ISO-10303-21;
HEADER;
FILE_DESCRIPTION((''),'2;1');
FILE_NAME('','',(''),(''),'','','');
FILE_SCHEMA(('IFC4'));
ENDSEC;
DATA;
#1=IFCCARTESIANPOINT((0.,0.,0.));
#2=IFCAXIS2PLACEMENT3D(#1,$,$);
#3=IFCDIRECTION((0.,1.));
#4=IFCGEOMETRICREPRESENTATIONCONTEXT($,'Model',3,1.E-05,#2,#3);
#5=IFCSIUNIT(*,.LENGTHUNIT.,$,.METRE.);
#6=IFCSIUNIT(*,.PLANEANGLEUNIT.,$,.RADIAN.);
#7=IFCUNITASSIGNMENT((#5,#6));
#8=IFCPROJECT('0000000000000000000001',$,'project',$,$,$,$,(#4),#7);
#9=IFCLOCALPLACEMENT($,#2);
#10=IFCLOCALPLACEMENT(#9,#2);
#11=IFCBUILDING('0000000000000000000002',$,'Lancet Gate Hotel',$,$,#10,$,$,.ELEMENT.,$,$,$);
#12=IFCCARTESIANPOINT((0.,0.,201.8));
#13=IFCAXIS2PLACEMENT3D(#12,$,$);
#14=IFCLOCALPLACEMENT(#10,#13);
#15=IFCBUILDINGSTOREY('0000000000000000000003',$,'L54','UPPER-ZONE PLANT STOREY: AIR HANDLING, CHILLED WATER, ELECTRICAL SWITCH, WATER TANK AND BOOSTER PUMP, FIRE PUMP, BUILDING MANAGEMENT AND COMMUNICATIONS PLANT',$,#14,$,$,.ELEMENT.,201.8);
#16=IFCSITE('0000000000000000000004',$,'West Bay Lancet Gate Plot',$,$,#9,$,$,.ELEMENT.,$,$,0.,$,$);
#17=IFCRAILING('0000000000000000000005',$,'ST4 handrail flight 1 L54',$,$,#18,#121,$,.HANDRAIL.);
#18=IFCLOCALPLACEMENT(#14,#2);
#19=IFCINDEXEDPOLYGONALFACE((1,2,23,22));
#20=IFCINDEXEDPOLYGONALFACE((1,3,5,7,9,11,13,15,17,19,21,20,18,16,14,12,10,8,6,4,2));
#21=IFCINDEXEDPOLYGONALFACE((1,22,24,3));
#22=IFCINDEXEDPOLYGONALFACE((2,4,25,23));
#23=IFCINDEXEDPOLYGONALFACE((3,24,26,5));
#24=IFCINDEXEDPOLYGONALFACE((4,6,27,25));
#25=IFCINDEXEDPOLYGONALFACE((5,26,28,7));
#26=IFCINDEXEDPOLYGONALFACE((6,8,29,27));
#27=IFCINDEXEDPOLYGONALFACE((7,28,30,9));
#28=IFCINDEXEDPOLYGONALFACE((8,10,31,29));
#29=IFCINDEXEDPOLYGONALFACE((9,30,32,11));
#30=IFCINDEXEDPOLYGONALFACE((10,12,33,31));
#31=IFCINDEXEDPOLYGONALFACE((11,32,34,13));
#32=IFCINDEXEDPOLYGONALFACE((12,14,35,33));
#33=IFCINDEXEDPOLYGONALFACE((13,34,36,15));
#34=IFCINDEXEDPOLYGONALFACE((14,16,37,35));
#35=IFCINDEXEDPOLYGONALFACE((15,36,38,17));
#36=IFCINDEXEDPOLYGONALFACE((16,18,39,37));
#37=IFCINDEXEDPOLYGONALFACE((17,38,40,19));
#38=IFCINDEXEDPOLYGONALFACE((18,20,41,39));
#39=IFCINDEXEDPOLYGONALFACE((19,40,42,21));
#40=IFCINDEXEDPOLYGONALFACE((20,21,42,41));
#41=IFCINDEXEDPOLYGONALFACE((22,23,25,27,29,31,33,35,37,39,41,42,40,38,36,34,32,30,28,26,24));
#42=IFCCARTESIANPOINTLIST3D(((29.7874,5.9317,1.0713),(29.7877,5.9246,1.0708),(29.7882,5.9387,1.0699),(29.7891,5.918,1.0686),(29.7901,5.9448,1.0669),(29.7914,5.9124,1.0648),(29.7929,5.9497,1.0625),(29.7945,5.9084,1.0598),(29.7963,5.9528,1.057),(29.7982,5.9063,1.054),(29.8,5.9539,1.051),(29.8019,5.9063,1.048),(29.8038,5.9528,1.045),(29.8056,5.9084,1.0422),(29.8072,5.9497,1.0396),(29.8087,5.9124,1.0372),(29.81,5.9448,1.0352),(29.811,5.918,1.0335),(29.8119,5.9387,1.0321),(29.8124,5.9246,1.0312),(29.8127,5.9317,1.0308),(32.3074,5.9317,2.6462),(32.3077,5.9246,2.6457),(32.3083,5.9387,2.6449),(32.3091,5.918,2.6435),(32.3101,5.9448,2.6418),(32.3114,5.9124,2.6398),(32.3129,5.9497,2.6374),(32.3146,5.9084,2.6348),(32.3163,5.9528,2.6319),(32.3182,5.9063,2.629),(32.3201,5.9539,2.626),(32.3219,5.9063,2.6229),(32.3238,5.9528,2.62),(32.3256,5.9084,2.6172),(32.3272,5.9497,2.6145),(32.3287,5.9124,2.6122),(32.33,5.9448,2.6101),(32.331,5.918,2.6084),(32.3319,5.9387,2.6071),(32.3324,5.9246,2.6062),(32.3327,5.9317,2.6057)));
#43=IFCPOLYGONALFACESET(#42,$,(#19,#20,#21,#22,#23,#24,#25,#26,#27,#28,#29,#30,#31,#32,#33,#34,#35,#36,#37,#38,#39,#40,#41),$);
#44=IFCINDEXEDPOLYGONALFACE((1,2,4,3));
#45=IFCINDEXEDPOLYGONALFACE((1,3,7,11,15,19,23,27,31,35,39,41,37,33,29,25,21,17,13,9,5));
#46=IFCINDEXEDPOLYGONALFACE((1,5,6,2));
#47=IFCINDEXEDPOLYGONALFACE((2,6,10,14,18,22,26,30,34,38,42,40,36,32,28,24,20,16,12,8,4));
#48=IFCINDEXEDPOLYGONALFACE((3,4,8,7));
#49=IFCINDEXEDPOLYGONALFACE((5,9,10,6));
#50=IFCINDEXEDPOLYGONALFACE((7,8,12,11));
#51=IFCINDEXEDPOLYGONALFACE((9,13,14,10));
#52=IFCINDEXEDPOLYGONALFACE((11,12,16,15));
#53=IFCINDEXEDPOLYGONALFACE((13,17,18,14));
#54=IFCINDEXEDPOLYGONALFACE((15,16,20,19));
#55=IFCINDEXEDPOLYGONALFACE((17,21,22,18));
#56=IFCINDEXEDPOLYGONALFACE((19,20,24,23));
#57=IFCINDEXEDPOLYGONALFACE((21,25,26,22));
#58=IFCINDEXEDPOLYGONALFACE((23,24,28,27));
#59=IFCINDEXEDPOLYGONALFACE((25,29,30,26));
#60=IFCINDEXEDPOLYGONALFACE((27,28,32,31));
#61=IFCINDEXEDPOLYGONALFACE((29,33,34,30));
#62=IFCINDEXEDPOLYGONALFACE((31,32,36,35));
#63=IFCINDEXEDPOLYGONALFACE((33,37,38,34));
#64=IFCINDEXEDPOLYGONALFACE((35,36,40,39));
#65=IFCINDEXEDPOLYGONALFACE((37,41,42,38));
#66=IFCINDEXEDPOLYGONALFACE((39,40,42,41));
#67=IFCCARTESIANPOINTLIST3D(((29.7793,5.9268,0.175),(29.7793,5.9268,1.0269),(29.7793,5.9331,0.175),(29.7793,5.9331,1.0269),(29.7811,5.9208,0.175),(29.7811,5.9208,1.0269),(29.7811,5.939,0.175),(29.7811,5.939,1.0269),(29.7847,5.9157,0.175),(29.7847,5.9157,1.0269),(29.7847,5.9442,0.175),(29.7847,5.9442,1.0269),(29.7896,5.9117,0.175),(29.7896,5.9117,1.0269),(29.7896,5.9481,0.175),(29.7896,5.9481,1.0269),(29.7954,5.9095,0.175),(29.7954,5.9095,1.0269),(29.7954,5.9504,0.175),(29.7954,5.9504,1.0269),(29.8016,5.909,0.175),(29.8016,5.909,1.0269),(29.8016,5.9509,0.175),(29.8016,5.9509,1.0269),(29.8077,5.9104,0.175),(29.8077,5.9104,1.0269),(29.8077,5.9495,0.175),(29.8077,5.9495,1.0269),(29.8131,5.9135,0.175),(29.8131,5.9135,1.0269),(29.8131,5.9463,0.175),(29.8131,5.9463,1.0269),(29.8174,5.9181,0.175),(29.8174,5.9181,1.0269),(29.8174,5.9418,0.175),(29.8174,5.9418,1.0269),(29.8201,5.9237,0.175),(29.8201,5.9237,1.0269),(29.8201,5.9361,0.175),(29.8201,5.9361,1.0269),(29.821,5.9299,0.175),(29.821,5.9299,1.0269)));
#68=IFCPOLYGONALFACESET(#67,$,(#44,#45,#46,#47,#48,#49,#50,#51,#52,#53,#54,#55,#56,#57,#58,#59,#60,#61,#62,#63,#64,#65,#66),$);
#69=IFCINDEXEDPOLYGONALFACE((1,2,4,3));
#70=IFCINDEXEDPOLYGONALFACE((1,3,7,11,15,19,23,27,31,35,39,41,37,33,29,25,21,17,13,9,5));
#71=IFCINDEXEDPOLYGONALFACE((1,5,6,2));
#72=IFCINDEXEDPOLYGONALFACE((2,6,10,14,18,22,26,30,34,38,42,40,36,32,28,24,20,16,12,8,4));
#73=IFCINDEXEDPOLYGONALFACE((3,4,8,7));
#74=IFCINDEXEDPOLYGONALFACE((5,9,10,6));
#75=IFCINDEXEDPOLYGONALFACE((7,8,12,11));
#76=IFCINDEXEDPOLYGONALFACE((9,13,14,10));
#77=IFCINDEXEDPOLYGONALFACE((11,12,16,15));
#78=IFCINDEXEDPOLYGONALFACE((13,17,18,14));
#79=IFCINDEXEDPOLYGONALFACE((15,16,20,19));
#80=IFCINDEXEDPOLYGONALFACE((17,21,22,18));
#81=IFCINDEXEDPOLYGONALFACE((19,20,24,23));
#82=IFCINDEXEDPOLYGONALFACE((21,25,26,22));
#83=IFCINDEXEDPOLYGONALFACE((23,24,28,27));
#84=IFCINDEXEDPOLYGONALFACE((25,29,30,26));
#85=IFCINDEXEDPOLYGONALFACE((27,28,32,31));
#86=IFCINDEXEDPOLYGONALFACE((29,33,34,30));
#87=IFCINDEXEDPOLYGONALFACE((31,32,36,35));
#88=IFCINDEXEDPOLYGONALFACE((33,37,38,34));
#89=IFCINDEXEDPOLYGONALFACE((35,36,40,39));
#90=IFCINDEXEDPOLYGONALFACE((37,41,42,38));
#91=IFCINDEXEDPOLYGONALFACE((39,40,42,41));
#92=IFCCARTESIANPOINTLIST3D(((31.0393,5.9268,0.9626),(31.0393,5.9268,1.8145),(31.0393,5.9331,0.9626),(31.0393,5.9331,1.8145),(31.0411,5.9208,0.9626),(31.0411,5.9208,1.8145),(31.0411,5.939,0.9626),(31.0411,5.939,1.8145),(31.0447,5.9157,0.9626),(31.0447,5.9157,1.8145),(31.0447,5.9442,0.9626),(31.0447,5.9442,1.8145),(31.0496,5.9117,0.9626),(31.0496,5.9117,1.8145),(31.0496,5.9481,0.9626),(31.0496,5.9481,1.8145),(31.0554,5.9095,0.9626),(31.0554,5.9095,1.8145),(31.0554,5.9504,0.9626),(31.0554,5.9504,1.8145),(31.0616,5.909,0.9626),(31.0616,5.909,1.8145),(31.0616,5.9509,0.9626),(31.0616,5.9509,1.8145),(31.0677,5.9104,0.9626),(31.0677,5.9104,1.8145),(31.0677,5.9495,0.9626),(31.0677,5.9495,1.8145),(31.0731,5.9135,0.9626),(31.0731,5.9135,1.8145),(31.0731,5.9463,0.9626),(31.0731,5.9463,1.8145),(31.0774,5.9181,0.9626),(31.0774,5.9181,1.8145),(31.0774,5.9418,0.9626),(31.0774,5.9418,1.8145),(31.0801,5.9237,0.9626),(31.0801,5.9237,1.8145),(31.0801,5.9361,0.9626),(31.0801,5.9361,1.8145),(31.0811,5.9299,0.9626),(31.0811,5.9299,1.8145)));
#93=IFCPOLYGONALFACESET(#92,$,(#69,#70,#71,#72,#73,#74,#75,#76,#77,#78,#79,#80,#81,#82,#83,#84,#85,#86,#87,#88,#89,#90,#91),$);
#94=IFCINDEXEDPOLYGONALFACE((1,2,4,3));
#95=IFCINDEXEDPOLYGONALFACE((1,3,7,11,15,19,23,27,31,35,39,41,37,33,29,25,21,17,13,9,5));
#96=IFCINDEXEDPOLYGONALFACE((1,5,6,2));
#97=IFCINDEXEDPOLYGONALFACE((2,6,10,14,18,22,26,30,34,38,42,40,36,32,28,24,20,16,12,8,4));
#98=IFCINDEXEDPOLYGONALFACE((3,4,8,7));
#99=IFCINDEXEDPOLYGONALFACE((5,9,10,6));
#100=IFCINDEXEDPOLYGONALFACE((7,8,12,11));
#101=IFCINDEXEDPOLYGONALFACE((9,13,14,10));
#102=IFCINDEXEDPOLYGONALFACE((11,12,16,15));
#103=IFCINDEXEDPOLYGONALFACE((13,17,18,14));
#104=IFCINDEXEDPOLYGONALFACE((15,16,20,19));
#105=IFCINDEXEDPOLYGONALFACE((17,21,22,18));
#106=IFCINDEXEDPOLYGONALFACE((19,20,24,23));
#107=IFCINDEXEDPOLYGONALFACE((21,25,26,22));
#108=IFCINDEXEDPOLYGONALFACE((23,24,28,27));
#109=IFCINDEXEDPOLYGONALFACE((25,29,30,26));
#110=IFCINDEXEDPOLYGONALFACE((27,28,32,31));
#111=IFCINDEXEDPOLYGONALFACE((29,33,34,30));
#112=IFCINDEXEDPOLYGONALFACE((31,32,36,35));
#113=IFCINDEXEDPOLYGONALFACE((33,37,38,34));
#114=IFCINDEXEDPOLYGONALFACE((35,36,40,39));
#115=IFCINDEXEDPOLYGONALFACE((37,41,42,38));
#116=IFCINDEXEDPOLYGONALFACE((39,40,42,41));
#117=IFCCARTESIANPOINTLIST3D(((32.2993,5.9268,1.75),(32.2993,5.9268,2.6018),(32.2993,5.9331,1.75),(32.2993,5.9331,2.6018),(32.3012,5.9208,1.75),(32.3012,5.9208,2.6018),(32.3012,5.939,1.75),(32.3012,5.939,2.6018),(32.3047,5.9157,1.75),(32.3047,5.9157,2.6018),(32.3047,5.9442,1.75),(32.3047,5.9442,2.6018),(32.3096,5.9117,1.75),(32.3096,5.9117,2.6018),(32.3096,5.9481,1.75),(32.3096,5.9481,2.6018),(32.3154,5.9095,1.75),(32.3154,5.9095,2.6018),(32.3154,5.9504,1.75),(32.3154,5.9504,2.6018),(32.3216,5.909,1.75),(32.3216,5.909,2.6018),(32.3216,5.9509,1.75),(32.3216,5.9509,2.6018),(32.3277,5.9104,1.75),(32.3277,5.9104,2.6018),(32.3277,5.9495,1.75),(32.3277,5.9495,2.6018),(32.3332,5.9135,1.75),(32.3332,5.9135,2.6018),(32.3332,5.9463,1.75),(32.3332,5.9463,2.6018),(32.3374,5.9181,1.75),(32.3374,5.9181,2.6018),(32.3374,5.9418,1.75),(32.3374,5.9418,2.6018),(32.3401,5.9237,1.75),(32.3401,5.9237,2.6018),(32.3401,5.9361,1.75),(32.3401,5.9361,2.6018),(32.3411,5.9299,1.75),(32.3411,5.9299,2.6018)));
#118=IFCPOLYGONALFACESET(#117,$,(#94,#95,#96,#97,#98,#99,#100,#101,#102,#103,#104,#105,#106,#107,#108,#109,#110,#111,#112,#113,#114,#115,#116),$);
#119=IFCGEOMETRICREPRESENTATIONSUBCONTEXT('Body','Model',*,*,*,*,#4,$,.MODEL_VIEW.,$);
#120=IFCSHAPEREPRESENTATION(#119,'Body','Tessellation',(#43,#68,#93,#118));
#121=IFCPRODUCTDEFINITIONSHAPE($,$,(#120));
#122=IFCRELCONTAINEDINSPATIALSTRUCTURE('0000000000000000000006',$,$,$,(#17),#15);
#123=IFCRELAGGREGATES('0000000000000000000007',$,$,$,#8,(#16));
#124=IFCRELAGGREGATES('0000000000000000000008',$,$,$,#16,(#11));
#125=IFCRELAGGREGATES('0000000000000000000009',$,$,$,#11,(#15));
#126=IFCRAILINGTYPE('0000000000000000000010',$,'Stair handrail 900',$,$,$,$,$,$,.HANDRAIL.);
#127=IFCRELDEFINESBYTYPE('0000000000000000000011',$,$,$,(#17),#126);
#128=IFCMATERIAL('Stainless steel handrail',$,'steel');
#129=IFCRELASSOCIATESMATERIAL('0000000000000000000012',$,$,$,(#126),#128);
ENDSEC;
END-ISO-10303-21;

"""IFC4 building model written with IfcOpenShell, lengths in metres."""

from ifc_helpers import new_model, si_unit, direction, frame, origin, origin_2d, place, context, subcontext, project, spatial, circle, extrude, material, type_object, element, save


model = new_model("IFC4")

# Units and contexts
model_context = context("Model", 3, precision=1e-05, world=origin(), true_north=direction((0.0, 1.0)))
body_context = subcontext(model_context, "Body", "Model", "MODEL_VIEW")
ifc_project = project(units=[si_unit("LENGTHUNIT", "METRE"), si_unit("PLANEANGLEUNIT", "RADIAN")], contexts=[model_context])

# Site, building, storey
site_placement = place(None, origin())
site = spatial("IfcSite", under=ifc_project, at=site_placement, Name="West Bay Lancet Gate Plot", CompositionType="ELEMENT", RefElevation=0.0)
building_placement = place(site_placement, origin())
building = spatial("IfcBuilding", under=site, at=building_placement, Name="Lancet Gate Hotel", CompositionType="ELEMENT")
storey_placement = place(building_placement, frame((0.0, 0.0, 201.8)))
storey = spatial("IfcBuildingStorey", under=building, at=storey_placement, Name="L54", Description="UPPER-ZONE PLANT STOREY: AIR HANDLING, CHILLED WATER, ELECTRICAL SWITCH, WATER TANK AND BOOSTER PUMP, FIRE PUMP, BUILDING MANAGEMENT AND COMMUNICATIONS PLANT", CompositionType="ELEMENT", Elevation=201.8)

# Railing
ifc_material_1 = material(Name="Stainless steel handrail", Category="steel")
railing_type = type_object("IfcRailingType", Name="Stair handrail 900", PredefinedType="HANDRAIL", material=ifc_material_1)
railing_1_placement = place(storey_placement, frame((29.8, 5.9299, 0.175)))
element("IfcRailing", 1, at=railing_1_placement, inside=storey, type_object=railing_type, Name="ST4 handrail flight 1 L54", PredefinedType="HANDRAIL", context=body_context, shape_type="SweptSolid", body=[
    extrude(circle(Radius=0.0239, at=origin_2d()), frame((0.0, 0.0, 0.876), z_axis=(0.848008, 0.0, 0.529984), x_axis=(0.0, 1.0, 0.0)), (0.0, 0.0, 1.0), 2.9717),
    extrude(circle(Radius=0.021, at=origin_2d()), origin(), (0.0, 0.0, 1.0), 0.8518),
    extrude(circle(Radius=0.021, at=origin_2d()), frame((1.26, 0.0, 0.7876)), (0.0, 0.0, 1.0), 0.8518),
    extrude(circle(Radius=0.021, at=origin_2d()), frame((2.52, 0.0, 1.575)), (0.0, 0.0, 1.0), 0.8518),
])

save(model, "model.ifc")
